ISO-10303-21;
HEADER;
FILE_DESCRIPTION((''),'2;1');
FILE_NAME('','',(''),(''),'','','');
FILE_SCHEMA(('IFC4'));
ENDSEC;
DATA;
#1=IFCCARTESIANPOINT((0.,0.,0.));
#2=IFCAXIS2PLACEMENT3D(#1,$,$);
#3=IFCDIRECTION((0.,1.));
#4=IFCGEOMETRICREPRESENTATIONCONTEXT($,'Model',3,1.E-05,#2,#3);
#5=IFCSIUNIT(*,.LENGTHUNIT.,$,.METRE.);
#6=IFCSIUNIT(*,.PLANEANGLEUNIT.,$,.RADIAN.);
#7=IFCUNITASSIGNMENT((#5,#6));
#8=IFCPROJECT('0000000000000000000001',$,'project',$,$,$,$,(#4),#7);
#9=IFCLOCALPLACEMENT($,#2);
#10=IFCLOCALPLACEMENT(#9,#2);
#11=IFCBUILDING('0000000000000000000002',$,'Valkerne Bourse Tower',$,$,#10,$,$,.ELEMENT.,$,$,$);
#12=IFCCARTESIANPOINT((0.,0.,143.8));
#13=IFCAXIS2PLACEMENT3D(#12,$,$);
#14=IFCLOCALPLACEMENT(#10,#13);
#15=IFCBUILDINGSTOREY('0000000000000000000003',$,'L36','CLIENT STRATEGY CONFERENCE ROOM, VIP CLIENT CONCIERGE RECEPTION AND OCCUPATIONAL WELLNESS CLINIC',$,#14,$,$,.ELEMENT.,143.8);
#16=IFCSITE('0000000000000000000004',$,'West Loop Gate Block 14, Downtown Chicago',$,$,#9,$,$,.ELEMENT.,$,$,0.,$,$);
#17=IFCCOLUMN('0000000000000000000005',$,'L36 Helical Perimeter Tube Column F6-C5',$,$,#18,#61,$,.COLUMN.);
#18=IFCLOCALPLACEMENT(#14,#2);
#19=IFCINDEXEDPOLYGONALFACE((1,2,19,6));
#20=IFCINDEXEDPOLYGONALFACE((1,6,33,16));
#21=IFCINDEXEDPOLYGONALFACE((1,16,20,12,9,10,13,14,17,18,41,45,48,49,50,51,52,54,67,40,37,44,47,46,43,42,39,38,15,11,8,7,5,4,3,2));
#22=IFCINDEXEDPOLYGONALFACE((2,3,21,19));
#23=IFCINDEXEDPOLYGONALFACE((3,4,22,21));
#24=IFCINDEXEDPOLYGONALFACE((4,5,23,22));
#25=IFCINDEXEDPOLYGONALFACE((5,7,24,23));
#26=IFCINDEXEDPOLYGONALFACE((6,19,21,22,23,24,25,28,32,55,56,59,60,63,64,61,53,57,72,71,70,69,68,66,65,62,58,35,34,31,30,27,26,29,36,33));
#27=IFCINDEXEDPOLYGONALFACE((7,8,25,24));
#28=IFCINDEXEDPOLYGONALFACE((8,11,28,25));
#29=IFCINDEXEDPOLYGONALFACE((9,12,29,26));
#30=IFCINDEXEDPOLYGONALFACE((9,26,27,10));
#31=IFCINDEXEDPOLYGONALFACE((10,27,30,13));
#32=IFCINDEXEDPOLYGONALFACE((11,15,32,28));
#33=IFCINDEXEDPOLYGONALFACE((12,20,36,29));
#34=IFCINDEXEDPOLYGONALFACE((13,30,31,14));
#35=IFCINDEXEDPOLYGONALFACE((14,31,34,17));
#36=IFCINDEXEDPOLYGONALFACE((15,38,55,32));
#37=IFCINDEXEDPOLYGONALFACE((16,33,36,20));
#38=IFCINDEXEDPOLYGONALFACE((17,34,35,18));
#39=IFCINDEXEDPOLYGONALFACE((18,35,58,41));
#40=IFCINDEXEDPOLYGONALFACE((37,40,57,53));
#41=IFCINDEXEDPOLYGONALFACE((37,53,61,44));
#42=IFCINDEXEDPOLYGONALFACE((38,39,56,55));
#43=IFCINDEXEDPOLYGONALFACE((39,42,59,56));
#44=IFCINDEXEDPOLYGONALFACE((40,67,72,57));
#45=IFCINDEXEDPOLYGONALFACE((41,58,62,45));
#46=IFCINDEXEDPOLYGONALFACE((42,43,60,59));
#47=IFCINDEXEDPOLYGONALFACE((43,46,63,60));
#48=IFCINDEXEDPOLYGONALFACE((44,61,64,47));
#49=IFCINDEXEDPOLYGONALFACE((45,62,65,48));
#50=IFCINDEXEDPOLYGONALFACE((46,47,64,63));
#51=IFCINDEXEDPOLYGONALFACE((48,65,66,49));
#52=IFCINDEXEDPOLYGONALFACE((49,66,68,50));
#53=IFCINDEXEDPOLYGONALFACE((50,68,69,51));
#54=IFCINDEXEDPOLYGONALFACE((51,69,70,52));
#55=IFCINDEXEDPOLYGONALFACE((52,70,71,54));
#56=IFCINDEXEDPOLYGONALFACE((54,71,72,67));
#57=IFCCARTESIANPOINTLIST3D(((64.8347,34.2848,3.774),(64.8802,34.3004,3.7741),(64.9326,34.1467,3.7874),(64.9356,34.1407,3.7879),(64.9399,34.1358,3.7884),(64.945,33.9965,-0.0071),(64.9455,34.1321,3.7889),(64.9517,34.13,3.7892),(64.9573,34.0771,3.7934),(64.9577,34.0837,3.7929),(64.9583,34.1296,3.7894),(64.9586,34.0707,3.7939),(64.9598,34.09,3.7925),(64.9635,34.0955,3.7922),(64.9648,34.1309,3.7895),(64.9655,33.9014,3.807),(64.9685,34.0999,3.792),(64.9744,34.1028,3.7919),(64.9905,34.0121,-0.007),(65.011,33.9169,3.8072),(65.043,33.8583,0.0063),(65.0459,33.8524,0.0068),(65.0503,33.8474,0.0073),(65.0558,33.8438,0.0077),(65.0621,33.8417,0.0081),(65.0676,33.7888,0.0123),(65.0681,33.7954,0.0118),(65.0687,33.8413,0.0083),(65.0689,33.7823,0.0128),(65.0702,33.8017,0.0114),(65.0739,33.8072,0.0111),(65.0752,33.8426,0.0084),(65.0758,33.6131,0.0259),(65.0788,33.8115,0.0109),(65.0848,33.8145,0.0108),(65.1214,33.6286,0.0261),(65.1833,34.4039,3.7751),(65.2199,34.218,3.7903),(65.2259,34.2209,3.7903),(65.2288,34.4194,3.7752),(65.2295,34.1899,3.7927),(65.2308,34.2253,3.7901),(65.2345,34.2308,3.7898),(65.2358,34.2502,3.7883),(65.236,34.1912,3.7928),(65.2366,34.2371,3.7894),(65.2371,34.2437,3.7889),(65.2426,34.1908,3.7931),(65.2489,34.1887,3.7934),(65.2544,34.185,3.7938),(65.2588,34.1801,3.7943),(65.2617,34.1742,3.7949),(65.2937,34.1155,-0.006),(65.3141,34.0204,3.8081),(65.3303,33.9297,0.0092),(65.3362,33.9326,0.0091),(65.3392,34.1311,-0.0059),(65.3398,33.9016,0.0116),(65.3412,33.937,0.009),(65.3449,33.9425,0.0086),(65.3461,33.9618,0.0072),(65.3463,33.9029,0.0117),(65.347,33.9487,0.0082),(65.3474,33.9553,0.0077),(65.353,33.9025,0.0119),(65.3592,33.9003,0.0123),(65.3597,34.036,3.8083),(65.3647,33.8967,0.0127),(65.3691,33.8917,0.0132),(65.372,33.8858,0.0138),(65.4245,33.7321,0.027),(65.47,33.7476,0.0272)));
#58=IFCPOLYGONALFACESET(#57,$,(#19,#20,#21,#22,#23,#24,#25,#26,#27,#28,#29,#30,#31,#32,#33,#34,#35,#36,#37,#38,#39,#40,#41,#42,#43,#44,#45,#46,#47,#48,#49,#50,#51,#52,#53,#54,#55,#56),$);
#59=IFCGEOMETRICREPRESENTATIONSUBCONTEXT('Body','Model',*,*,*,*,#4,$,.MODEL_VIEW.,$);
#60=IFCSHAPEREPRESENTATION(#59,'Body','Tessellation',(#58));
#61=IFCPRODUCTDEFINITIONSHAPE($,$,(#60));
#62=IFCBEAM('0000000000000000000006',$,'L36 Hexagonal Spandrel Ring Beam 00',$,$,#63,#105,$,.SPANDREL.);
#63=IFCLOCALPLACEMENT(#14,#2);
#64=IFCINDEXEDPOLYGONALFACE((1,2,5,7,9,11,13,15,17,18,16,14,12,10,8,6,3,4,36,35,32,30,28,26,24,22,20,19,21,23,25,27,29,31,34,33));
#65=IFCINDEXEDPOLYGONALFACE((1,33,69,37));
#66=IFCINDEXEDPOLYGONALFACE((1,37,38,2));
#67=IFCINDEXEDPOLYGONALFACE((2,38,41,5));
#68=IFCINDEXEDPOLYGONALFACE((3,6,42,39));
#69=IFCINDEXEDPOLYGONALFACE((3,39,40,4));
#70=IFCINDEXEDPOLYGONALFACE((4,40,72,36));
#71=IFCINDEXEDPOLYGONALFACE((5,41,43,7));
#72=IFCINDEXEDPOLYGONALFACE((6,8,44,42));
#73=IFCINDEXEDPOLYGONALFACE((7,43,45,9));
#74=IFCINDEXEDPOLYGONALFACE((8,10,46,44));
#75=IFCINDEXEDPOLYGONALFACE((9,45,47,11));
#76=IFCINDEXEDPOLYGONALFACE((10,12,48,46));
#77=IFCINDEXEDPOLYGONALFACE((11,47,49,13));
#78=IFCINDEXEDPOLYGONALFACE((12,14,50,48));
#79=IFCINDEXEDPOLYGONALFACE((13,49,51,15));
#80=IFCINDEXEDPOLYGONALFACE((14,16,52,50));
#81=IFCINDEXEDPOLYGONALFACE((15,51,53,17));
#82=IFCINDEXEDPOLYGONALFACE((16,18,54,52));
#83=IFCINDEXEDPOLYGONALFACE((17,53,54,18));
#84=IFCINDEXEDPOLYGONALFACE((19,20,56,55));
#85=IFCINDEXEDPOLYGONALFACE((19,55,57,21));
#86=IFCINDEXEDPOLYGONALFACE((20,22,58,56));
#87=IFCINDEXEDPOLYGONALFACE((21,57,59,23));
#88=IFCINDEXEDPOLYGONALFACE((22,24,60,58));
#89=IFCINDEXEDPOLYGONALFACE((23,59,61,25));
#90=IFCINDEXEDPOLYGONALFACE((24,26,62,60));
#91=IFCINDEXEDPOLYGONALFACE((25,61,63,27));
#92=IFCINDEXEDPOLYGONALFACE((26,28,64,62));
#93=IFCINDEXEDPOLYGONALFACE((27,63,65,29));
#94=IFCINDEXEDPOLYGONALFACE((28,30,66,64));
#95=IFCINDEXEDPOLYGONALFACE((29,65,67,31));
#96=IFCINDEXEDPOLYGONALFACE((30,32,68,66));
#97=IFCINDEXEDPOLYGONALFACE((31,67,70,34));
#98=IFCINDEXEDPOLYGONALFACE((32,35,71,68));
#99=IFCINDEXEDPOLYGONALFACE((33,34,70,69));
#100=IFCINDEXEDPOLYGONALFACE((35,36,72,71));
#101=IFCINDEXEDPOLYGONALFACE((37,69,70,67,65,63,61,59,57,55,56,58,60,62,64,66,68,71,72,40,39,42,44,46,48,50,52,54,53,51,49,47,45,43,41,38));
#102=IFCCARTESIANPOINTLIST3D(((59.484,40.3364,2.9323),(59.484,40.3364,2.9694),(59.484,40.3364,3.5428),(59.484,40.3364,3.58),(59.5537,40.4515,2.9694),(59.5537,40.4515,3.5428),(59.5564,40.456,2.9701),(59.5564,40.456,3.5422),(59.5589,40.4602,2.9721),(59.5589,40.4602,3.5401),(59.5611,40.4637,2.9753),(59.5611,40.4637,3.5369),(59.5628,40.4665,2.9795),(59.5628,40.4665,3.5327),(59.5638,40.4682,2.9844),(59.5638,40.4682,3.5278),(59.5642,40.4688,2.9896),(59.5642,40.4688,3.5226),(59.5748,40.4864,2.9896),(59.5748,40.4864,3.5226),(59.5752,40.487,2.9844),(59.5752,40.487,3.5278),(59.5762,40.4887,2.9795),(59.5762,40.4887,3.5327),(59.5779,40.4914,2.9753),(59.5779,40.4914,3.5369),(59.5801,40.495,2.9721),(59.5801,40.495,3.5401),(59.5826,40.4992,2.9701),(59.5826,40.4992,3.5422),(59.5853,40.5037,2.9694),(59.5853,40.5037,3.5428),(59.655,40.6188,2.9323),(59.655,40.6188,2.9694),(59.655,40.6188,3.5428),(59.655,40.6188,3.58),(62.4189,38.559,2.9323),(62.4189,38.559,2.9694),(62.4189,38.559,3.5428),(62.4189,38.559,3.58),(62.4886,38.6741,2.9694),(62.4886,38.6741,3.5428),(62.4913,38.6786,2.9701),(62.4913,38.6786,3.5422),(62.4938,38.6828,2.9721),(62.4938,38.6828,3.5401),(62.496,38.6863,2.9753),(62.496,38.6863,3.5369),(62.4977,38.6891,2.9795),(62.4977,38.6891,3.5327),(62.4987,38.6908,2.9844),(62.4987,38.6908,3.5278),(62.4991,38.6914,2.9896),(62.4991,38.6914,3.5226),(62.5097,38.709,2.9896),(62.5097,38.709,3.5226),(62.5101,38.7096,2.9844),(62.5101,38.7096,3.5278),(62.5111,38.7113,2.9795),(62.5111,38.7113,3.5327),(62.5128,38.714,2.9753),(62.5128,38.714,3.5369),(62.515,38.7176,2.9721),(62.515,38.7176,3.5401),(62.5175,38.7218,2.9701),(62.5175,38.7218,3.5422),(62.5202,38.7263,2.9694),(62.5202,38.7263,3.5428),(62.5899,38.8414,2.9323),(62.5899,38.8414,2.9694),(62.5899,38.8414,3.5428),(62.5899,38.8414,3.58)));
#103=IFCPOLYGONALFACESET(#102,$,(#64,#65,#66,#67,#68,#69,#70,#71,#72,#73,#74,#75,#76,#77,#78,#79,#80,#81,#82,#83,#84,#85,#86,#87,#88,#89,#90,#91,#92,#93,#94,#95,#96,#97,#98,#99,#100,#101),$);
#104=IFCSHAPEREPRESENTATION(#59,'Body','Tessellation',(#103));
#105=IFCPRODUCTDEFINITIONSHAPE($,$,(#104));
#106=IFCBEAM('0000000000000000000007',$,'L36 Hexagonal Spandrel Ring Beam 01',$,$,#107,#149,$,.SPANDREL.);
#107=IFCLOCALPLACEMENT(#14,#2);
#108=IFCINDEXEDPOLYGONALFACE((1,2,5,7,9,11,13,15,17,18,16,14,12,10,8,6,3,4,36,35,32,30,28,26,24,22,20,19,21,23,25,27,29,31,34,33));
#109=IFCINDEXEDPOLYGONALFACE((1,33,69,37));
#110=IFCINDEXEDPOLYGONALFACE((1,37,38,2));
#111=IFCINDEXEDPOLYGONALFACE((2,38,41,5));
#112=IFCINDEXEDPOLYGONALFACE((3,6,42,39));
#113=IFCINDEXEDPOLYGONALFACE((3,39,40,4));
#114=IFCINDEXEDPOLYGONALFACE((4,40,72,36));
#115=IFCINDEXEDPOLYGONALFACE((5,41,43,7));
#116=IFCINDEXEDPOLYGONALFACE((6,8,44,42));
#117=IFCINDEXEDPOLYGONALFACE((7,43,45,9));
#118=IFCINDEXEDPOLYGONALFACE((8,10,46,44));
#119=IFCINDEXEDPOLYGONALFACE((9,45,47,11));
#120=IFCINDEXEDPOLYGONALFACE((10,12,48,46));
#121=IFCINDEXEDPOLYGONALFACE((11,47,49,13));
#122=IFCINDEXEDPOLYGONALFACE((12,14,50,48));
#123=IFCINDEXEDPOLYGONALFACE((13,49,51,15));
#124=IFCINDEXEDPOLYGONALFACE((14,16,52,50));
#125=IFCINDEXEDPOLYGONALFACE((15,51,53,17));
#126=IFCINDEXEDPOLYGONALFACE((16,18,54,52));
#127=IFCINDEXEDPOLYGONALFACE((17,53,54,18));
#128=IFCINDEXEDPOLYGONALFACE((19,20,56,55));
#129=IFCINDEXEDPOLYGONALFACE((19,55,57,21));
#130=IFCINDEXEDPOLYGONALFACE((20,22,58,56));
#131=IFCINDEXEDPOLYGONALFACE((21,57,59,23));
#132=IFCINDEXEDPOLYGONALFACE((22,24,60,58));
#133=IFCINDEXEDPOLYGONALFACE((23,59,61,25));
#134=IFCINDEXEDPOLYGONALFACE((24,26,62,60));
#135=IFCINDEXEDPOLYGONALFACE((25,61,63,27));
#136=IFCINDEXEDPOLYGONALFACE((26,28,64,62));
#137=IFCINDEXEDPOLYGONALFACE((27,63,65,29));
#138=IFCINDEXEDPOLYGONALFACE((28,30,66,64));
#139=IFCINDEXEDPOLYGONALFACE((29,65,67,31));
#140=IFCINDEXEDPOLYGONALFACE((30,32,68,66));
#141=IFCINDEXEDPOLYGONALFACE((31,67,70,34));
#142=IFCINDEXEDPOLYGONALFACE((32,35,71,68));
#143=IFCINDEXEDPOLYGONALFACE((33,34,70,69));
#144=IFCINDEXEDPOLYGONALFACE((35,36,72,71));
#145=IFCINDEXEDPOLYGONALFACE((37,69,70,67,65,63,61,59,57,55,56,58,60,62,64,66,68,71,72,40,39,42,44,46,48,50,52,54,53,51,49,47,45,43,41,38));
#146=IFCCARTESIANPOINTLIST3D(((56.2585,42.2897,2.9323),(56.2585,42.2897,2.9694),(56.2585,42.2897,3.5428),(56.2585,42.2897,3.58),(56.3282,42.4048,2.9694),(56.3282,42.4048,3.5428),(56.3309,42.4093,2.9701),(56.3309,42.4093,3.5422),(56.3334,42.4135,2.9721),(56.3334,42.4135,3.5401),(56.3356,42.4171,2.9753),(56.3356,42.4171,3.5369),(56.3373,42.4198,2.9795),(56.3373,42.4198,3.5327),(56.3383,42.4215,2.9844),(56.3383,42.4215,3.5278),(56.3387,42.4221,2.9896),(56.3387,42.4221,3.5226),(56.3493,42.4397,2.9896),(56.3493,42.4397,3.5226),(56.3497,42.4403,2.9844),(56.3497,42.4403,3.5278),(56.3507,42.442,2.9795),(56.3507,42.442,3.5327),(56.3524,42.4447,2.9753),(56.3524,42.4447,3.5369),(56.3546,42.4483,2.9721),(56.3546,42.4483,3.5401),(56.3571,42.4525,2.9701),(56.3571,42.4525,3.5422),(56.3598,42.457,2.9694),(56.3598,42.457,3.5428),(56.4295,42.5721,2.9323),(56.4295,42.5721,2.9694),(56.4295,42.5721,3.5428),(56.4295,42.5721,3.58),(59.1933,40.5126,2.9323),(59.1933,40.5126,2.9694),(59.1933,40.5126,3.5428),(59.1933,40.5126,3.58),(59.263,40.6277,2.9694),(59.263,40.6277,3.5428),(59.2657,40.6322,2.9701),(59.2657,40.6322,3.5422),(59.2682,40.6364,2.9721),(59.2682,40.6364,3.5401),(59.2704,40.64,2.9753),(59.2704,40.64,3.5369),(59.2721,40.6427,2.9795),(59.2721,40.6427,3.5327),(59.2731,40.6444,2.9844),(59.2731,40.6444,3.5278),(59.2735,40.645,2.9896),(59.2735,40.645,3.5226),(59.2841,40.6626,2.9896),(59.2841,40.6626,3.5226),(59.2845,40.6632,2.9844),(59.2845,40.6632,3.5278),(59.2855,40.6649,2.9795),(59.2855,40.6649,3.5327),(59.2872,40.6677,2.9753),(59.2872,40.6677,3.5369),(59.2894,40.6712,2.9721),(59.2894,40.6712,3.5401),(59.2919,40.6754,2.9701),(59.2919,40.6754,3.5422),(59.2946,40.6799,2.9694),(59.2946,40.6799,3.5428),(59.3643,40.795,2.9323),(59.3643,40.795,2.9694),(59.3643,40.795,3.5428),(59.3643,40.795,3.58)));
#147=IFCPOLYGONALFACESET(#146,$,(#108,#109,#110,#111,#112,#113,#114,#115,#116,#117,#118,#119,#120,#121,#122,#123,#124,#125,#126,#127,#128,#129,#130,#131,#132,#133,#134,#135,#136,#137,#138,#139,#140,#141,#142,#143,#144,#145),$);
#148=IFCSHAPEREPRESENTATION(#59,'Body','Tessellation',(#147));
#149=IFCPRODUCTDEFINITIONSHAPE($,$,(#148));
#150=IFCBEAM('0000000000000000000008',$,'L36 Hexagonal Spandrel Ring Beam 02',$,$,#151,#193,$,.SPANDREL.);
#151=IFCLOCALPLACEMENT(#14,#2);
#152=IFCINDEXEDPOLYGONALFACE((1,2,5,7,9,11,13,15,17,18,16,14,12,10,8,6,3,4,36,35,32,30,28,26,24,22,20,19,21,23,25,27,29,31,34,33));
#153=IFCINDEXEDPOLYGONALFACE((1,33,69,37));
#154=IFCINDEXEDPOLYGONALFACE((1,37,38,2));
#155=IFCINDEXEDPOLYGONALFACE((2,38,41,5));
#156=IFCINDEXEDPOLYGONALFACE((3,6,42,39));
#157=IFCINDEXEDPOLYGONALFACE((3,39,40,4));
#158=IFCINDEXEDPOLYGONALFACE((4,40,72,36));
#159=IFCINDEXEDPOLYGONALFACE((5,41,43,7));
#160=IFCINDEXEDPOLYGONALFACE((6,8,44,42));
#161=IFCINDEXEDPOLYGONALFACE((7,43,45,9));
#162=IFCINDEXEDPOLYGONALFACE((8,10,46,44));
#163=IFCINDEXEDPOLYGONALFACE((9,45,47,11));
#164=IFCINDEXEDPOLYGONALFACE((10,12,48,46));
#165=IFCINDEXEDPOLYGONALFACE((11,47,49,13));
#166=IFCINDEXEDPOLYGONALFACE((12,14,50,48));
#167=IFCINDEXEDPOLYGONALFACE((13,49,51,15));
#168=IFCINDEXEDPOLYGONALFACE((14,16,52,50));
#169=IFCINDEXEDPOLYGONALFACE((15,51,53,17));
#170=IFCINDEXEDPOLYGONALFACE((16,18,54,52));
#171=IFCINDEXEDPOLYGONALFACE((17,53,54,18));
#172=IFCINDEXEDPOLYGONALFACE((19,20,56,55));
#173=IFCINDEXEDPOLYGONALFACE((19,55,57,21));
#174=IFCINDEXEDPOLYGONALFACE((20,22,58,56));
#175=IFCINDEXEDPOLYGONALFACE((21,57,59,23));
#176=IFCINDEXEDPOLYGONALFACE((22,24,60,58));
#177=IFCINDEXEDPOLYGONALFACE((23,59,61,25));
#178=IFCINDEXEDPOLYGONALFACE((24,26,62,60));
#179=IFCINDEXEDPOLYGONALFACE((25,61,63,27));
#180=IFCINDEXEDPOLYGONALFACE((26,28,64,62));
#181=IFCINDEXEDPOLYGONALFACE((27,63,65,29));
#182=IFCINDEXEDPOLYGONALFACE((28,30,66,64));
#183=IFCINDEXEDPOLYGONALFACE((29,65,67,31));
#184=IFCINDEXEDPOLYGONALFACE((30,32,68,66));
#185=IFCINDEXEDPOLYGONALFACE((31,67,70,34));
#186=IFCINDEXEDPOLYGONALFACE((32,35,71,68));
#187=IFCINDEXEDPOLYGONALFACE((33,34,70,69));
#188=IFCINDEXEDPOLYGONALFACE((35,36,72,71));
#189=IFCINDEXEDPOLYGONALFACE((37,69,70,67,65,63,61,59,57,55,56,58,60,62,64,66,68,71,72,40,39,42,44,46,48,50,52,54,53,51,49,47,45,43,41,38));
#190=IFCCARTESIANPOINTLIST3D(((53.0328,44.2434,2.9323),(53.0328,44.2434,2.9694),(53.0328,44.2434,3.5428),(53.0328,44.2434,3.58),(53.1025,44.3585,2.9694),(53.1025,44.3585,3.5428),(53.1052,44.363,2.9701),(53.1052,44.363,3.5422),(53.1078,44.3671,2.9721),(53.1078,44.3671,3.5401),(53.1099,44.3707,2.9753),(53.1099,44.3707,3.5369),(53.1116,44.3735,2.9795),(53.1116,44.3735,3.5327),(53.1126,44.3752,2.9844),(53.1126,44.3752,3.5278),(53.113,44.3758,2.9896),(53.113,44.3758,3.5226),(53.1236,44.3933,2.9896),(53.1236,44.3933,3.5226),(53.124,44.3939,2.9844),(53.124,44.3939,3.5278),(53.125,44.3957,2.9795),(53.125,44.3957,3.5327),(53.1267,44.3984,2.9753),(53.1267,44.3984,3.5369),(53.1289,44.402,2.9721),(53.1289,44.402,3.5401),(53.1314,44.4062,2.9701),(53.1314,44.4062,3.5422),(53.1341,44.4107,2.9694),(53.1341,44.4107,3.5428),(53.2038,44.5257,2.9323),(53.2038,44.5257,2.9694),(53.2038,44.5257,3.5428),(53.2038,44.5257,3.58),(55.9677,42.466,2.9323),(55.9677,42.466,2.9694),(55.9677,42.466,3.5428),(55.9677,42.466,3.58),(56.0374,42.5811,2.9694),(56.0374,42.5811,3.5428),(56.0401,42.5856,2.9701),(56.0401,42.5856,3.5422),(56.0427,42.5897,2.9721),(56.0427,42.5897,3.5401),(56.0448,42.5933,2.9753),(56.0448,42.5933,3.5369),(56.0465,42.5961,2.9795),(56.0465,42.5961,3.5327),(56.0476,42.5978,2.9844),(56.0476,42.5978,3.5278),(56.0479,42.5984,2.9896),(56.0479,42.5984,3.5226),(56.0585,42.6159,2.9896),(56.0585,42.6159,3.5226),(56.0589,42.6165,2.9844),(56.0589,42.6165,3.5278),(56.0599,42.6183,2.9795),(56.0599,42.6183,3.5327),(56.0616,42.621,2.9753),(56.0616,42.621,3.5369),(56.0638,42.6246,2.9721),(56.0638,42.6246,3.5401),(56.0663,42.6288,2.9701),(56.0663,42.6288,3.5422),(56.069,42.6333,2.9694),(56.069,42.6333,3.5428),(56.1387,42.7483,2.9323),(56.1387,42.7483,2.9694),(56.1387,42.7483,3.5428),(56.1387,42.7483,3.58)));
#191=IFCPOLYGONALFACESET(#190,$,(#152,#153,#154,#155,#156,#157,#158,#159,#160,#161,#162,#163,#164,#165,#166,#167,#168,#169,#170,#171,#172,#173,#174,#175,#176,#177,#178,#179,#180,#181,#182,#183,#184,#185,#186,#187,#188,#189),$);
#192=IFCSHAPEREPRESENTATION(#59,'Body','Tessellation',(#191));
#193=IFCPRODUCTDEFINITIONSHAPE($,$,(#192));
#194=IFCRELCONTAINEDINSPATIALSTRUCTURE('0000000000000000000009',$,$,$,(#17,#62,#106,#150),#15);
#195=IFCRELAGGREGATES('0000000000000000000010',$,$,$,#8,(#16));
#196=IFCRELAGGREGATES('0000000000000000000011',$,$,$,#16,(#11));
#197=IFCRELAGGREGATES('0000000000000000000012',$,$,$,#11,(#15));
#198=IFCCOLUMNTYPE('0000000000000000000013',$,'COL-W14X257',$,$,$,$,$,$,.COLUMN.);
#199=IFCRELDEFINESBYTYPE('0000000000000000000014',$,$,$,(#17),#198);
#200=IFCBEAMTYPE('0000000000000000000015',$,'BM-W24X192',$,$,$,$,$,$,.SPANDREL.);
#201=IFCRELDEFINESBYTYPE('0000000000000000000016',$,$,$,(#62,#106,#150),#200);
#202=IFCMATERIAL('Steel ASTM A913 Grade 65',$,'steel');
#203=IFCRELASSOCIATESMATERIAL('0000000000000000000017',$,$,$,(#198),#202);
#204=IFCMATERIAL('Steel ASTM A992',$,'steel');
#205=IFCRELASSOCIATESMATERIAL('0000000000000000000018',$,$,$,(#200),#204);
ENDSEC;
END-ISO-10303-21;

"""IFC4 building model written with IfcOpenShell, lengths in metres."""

from ifc_helpers import new_model, si_unit, direction, frame, origin, origin_2d, place, context, subcontext, project, spatial, i_section, extrude, material, material_profile, profile_set, type_object, element, save


model = new_model("IFC4")

# Units and contexts
model_context = context("Model", 3, precision=1e-05, world=origin(), true_north=direction((0.0, 1.0)))
body_context = subcontext(model_context, "Body", "Model", "MODEL_VIEW")
ifc_project = project(units=[si_unit("LENGTHUNIT", "METRE"), si_unit("PLANEANGLEUNIT", "RADIAN")], contexts=[model_context])

# Site, building, storey
site_placement = place(None, origin())
site = spatial("IfcSite", under=ifc_project, at=site_placement, Name="West Loop Gate Block 14, Downtown Chicago", CompositionType="ELEMENT", RefElevation=0.0)
building_placement = place(site_placement, origin())
building = spatial("IfcBuilding", under=site, at=building_placement, Name="Valkerne Bourse Tower", CompositionType="ELEMENT")
storey_placement = place(building_placement, frame((0.0, 0.0, 143.8)))
storey = spatial("IfcBuildingStorey", under=building, at=storey_placement, Name="L36", Description="CLIENT STRATEGY CONFERENCE ROOM, VIP CLIENT CONCIERGE RECEPTION AND OCCUPATIONAL WELLNESS CLINIC", CompositionType="ELEMENT", Elevation=143.8)

# Column
ifc_material_1 = material(Name="Steel ASTM A913 Grade 65", Category="steel")
ifc_material_profile_1 = material_profile(ifc_material_1, i_section(OverallWidth=0.4065, OverallDepth=0.4165, WebThickness=0.0298, FlangeThickness=0.0481, FilletRadius=0.0254, at=origin_2d()), Name="W14X257")
ifc_profile_set_1 = profile_set([ifc_material_profile_1], Name="Steel ASTM A913 Grade 65")
column_type = type_object("IfcColumnType", Name="COL-W14X257", PredefinedType="COLUMN", material=ifc_profile_set_1)
column_1_placement = place(storey_placement, frame((65.2075, 33.8721, 0.01), z_axis=(-0.029089, 0.076005, 0.996683), x_axis=(0.321794, -0.94331, 0.081326)))
element("IfcColumn", 1, at=column_1_placement, inside=storey, type_object=column_type, Name="L36 Helical Perimeter Tube Column F6-C5", PredefinedType="COLUMN", context=body_context, shape_type="SweptSolid", body=[
    extrude(i_section(OverallWidth=0.4065, OverallDepth=0.4165, WebThickness=0.0298, FlangeThickness=0.0481, FilletRadius=0.0254, at=origin_2d()), origin(), (0.0, 0.0, 1.0), 3.7937),
])

# Beams
ifc_material_2 = material(Name="Steel ASTM A992", Category="steel")
ifc_material_profile_2 = material_profile(ifc_material_2, i_section(OverallWidth=0.3301, OverallDepth=0.6477, WebThickness=0.0205, FlangeThickness=0.0371, FilletRadius=0.0203, at=origin_2d()), Name="W24X192")
ifc_profile_set_2 = profile_set([ifc_material_profile_2], Name="Steel ASTM A992")
beam_type = type_object("IfcBeamType", Name="BM-W24X192", PredefinedType="SPANDREL", material=ifc_profile_set_2)
beam_1_placement = place(storey_placement, frame((62.5044, 38.7002, 3.2561), z_axis=(-0.85537, 0.518018, 0.0), x_axis=(-0.518018, -0.85537, 0.0)))
element("IfcBeam", 2, at=beam_1_placement, inside=storey, type_object=beam_type, Name="L36 Hexagonal Spandrel Ring Beam 00", PredefinedType="SPANDREL", context=body_context, shape_type="SweptSolid", body=[
    extrude(i_section(OverallWidth=0.3301, OverallDepth=0.6477, WebThickness=0.0205, FlangeThickness=0.0371, FilletRadius=0.0203, at=origin_2d()), origin(), (0.0, 0.0, 1.0), 3.4312),
])
beam_2_placement = place(storey_placement, frame((59.2788, 40.6538, 3.2561), z_axis=(-0.855401, 0.517966, 0.0), x_axis=(-0.517966, -0.855401, 0.0)))
element("IfcBeam", 3, at=beam_2_placement, inside=storey, type_object=beam_type, Name="L36 Hexagonal Spandrel Ring Beam 01", PredefinedType="SPANDREL", context=body_context, shape_type="SweptSolid", body=[
    extrude(i_section(OverallWidth=0.3301, OverallDepth=0.6477, WebThickness=0.0205, FlangeThickness=0.0371, FilletRadius=0.0203, at=origin_2d()), origin(), (0.0, 0.0, 1.0), 3.4309),
])
beam_3_placement = place(storey_placement, frame((56.0532, 42.6072, 3.2561), z_axis=(-0.85537, 0.518018, 0.0), x_axis=(-0.518018, -0.85537, 0.0)))
element("IfcBeam", 4, at=beam_3_placement, inside=storey, type_object=beam_type, Name="L36 Hexagonal Spandrel Ring Beam 02", PredefinedType="SPANDREL", context=body_context, shape_type="SweptSolid", body=[
    extrude(i_section(OverallWidth=0.3301, OverallDepth=0.6477, WebThickness=0.0205, FlangeThickness=0.0371, FilletRadius=0.0203, at=origin_2d()), origin(), (0.0, 0.0, 1.0), 3.4312),
])

save(model, "model.ifc")
